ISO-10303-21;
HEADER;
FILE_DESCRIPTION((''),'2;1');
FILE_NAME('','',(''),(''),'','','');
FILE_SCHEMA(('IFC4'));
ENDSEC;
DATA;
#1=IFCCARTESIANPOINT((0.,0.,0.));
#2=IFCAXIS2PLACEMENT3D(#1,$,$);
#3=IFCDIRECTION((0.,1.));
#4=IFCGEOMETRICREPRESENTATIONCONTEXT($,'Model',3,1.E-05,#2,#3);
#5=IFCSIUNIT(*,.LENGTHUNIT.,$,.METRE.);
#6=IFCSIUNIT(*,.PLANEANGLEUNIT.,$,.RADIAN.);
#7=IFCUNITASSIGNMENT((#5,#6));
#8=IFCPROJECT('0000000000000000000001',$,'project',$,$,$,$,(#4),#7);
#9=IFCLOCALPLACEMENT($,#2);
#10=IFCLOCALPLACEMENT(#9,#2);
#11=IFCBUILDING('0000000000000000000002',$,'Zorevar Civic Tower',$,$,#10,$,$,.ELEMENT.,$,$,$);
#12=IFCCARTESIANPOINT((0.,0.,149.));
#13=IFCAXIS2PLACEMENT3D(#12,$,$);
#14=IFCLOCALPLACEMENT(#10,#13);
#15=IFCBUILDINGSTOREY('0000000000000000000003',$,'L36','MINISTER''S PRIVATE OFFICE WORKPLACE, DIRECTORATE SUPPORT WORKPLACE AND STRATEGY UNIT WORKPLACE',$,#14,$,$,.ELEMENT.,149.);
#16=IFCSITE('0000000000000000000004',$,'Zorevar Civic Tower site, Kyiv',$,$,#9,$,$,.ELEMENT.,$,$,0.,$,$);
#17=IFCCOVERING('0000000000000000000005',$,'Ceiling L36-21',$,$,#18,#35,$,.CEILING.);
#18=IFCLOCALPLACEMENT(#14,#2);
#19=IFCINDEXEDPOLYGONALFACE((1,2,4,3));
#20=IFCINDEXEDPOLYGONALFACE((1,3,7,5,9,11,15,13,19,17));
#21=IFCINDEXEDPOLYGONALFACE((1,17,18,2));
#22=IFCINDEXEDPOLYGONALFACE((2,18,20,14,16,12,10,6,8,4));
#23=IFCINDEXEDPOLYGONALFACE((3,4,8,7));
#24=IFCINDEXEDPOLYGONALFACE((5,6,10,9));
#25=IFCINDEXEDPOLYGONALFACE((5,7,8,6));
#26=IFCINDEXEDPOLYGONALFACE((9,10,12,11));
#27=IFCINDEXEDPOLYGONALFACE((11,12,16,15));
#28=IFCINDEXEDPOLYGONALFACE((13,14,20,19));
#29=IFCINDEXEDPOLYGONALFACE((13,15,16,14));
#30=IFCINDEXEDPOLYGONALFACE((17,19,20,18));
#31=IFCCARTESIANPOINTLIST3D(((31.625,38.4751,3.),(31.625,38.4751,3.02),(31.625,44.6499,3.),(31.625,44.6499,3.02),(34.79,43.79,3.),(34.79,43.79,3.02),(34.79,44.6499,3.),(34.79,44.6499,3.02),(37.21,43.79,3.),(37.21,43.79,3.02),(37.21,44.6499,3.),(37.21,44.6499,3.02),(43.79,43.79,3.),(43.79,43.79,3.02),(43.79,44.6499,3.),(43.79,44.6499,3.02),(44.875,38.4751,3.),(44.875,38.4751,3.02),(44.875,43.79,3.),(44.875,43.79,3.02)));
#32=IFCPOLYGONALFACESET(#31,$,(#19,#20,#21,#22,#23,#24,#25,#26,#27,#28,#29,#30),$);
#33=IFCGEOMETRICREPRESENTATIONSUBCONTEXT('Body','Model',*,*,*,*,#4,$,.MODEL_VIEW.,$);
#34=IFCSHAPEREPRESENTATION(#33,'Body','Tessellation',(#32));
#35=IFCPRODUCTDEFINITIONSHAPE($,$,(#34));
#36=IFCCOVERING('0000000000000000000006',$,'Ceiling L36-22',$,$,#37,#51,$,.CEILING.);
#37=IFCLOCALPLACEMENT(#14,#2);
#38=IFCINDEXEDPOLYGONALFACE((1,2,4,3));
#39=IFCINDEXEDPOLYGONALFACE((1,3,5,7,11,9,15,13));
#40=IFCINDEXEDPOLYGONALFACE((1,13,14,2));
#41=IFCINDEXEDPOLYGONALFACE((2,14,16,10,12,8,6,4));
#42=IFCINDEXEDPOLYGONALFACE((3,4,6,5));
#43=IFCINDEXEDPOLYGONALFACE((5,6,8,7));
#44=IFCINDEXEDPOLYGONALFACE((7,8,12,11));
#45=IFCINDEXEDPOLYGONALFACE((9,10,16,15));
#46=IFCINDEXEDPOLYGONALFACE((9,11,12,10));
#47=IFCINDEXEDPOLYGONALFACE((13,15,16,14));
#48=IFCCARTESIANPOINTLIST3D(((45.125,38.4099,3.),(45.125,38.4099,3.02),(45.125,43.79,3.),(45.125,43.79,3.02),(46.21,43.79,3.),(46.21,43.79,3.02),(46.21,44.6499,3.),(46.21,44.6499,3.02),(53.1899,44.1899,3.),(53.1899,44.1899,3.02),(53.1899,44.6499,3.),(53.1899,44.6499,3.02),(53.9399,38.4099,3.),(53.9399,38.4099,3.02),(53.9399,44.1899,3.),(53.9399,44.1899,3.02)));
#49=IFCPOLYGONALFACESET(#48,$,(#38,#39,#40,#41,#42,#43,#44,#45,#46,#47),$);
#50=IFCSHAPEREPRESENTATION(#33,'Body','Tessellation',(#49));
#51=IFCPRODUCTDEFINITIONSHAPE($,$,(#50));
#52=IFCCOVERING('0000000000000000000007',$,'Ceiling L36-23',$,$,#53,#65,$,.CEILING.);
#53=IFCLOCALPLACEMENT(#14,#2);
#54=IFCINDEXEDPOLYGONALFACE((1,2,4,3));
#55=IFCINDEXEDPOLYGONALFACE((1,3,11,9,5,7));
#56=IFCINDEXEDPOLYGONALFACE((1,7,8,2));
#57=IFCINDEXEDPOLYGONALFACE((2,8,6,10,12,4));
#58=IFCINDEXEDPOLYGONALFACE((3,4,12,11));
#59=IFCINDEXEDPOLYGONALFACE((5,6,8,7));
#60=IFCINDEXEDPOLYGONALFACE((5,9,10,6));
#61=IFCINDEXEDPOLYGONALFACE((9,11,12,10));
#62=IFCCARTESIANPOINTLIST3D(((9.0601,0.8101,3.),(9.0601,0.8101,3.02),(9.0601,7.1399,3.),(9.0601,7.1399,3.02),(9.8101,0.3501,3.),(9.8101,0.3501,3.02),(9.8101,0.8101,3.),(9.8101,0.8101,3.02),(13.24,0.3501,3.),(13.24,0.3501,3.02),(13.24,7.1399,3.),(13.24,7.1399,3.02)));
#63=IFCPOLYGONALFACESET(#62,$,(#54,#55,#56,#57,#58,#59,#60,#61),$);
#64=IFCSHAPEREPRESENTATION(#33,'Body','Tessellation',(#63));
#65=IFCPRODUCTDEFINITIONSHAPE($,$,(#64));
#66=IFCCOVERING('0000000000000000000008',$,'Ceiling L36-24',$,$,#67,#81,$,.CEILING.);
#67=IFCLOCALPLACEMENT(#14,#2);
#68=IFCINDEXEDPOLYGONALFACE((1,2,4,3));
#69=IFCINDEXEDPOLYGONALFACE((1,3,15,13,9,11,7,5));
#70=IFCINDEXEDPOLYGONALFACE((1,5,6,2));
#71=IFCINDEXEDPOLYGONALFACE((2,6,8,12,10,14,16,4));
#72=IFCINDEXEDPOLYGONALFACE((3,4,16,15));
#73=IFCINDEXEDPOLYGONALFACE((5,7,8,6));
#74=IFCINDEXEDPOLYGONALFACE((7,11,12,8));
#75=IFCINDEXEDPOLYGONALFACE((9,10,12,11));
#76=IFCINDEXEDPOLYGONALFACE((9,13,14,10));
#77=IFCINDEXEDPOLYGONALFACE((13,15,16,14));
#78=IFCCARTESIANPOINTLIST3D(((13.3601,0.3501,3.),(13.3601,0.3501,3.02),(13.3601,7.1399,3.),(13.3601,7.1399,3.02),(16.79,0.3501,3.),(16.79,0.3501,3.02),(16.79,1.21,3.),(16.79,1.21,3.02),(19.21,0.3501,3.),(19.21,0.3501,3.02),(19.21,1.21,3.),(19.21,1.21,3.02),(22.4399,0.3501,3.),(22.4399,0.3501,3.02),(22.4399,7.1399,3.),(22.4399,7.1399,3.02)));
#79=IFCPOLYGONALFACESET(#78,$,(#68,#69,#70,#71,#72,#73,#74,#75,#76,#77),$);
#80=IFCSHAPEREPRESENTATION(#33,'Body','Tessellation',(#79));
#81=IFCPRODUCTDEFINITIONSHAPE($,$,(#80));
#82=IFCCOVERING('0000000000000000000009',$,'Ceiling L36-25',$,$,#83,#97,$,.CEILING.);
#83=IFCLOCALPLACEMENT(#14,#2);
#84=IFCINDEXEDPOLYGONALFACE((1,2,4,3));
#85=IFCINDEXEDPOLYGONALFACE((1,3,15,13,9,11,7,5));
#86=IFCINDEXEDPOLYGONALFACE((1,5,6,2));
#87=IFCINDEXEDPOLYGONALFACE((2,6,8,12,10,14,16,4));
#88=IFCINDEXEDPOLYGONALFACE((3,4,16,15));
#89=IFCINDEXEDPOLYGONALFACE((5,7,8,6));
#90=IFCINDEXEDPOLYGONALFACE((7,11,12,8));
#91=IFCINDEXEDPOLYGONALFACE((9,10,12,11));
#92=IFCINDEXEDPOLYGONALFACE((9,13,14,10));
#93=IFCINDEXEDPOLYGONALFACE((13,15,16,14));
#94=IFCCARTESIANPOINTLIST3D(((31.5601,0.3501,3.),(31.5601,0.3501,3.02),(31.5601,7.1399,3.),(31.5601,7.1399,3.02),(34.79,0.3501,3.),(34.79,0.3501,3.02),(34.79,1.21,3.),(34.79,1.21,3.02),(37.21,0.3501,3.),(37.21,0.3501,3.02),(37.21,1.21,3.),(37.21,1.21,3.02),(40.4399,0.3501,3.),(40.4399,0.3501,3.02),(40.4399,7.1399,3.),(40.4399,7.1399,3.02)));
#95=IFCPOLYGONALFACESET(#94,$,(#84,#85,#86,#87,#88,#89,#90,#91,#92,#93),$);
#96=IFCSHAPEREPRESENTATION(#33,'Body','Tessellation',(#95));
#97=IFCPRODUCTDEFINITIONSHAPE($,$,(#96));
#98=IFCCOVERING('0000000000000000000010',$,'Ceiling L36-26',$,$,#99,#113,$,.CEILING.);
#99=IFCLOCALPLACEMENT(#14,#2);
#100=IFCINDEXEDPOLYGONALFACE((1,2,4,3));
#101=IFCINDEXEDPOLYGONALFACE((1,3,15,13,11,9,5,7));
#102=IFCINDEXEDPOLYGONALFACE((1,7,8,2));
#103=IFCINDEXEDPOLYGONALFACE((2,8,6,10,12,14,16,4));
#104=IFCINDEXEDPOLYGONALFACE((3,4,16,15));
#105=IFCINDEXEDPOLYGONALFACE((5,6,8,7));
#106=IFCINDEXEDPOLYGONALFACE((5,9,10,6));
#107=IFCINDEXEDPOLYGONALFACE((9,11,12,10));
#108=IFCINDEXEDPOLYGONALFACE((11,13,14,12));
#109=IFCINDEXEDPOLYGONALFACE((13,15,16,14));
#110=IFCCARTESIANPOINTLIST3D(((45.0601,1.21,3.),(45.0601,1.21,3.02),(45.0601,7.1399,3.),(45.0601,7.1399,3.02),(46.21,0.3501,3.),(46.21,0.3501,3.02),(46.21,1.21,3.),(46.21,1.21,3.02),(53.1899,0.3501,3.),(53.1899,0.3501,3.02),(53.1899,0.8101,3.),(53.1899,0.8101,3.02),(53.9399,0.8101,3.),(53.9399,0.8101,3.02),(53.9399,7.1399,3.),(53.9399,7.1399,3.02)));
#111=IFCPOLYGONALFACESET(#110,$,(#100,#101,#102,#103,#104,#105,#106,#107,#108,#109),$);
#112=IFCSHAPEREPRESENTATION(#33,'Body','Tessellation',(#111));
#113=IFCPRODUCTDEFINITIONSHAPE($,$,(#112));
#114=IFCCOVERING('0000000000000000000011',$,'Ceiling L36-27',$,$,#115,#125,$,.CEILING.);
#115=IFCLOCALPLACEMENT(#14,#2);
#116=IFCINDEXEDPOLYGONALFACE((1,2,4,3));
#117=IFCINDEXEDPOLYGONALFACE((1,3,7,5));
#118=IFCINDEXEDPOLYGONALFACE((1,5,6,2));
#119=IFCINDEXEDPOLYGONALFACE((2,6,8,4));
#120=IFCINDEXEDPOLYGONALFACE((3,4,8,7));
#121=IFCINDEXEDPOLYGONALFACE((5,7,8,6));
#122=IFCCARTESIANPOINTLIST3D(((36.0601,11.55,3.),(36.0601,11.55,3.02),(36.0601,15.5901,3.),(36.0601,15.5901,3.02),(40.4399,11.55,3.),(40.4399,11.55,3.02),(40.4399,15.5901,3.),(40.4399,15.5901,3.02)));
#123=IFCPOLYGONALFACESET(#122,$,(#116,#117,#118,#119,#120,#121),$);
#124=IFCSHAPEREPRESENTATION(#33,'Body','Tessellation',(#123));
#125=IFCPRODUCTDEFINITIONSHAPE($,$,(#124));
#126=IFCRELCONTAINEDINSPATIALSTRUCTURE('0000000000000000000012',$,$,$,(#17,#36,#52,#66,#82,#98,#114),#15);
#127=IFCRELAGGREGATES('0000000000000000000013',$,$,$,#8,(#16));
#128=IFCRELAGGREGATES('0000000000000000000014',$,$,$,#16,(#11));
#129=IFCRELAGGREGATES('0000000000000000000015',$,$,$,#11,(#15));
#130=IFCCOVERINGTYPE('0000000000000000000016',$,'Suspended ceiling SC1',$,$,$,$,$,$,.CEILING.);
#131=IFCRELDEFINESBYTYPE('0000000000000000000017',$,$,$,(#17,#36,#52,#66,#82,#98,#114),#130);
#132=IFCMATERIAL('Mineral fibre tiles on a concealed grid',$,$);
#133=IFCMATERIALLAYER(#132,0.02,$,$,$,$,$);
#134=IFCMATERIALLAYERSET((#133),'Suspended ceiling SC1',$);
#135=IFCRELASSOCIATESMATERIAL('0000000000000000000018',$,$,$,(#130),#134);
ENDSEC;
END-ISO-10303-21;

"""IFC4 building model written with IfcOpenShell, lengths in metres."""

from ifc_helpers import new_model, si_unit, direction, frame, origin, place, context, subcontext, project, spatial, polyline, outline, extrude, material, layer, layer_set, type_object, element, save


model = new_model("IFC4")

# Units and contexts
model_context = context("Model", 3, precision=1e-05, world=origin(), true_north=direction((0.0, 1.0)))
body_context = subcontext(model_context, "Body", "Model", "MODEL_VIEW")
ifc_project = project(units=[si_unit("LENGTHUNIT", "METRE"), si_unit("PLANEANGLEUNIT", "RADIAN")], contexts=[model_context])

# Site, building, storey
site_placement = place(None, origin())
site = spatial("IfcSite", under=ifc_project, at=site_placement, Name="Zorevar Civic Tower site, Kyiv", CompositionType="ELEMENT", RefElevation=0.0)
building_placement = place(site_placement, origin())
building = spatial("IfcBuilding", under=site, at=building_placement, Name="Zorevar Civic Tower", CompositionType="ELEMENT")
storey_placement = place(building_placement, frame((0.0, 0.0, 149.0)))
storey = spatial("IfcBuildingStorey", under=building, at=storey_placement, Name="L36", Description="MINISTER'S PRIVATE OFFICE WORKPLACE, DIRECTORATE SUPPORT WORKPLACE AND STRATEGY UNIT WORKPLACE", CompositionType="ELEMENT", Elevation=149.0)

# Coverings
ifc_material_1 = material(Name="Mineral fibre tiles on a concealed grid")
ifc_layer_1 = layer(ifc_material_1, 0.02)
ifc_layer_set_1 = layer_set([ifc_layer_1], Name="Suspended ceiling SC1")
covering_type_1 = type_object("IfcCoveringType", Name="Suspended ceiling SC1", PredefinedType="CEILING", material=ifc_layer_set_1)
covering_1_placement = place(storey_placement, frame((0.0, 0.0, 3.0)))
element("IfcCovering", 1, at=covering_1_placement, inside=storey, type_object=covering_type_1, Name="Ceiling L36-21", PredefinedType="CEILING", context=body_context, shape_type="SweptSolid", body=[
    extrude(outline(polyline([(34.79, 44.6499), (34.79, 43.79), (37.21, 43.79), (37.21, 44.6499), (43.79, 44.6499), (43.79, 43.79), (44.875, 43.79), (44.875, 38.4751), (31.625, 38.4751), (31.625, 44.6499), (34.79, 44.6499)])), origin(), (0.0, 0.0, 1.0), 0.02),
])
covering_2_placement = place(storey_placement, frame((0.0, 0.0, 3.0)))
element("IfcCovering", 2, at=covering_2_placement, inside=storey, type_object=covering_type_1, Name="Ceiling L36-22", PredefinedType="CEILING", context=body_context, shape_type="SweptSolid", body=[
    extrude(outline(polyline([(46.21, 43.79), (46.21, 44.6499), (53.1899, 44.6499), (53.1899, 44.1899), (53.9399, 44.1899), (53.9399, 38.4099), (45.125, 38.4099), (45.125, 43.79), (46.21, 43.79)])), origin(), (0.0, 0.0, 1.0), 0.02),
])
covering_3_placement = place(storey_placement, frame((0.0, 0.0, 3.0)))
element("IfcCovering", 3, at=covering_3_placement, inside=storey, type_object=covering_type_1, Name="Ceiling L36-23", PredefinedType="CEILING", context=body_context, shape_type="SweptSolid", body=[
    extrude(outline(polyline([(13.24, 7.1399), (13.24, 0.3501), (9.8101, 0.3501), (9.8101, 0.8101), (9.0601, 0.8101), (9.0601, 7.1399), (13.24, 7.1399)])), origin(), (0.0, 0.0, 1.0), 0.02),
])
covering_4_placement = place(storey_placement, frame((0.0, 0.0, 3.0)))
element("IfcCovering", 4, at=covering_4_placement, inside=storey, type_object=covering_type_1, Name="Ceiling L36-24", PredefinedType="CEILING", context=body_context, shape_type="SweptSolid", body=[
    extrude(outline(polyline([(22.4399, 7.1399), (22.4399, 0.3501), (19.21, 0.3501), (19.21, 1.21), (16.79, 1.21), (16.79, 0.3501), (13.3601, 0.3501), (13.3601, 7.1399), (22.4399, 7.1399)])), origin(), (0.0, 0.0, 1.0), 0.02),
])
covering_5_placement = place(storey_placement, frame((0.0, 0.0, 3.0)))
element("IfcCovering", 5, at=covering_5_placement, inside=storey, type_object=covering_type_1, Name="Ceiling L36-25", PredefinedType="CEILING", context=body_context, shape_type="SweptSolid", body=[
    extrude(outline(polyline([(40.4399, 7.1399), (40.4399, 0.3501), (37.21, 0.3501), (37.21, 1.21), (34.79, 1.21), (34.79, 0.3501), (31.5601, 0.3501), (31.5601, 7.1399), (40.4399, 7.1399)])), origin(), (0.0, 0.0, 1.0), 0.02),
])
covering_6_placement = place(storey_placement, frame((0.0, 0.0, 3.0)))
element("IfcCovering", 6, at=covering_6_placement, inside=storey, type_object=covering_type_1, Name="Ceiling L36-26", PredefinedType="CEILING", context=body_context, shape_type="SweptSolid", body=[
    extrude(outline(polyline([(46.21, 0.3501), (46.21, 1.21), (45.0601, 1.21), (45.0601, 7.1399), (53.9399, 7.1399), (53.9399, 0.8101), (53.1899, 0.8101), (53.1899, 0.3501), (46.21, 0.3501)])), origin(), (0.0, 0.0, 1.0), 0.02),
])
covering_7_placement = place(storey_placement, frame((0.0, 0.0, 3.0)))
element("IfcCovering", 7, at=covering_7_placement, inside=storey, type_object=covering_type_1, Name="Ceiling L36-27", PredefinedType="CEILING", context=body_context, shape_type="SweptSolid", body=[
    extrude(outline(polyline([(36.0601, 15.5901), (40.4399, 15.5901), (40.4399, 11.55), (36.0601, 11.55), (36.0601, 15.5901)])), origin(), (0.0, 0.0, 1.0), 0.02),
])

save(model, "model.ifc")
